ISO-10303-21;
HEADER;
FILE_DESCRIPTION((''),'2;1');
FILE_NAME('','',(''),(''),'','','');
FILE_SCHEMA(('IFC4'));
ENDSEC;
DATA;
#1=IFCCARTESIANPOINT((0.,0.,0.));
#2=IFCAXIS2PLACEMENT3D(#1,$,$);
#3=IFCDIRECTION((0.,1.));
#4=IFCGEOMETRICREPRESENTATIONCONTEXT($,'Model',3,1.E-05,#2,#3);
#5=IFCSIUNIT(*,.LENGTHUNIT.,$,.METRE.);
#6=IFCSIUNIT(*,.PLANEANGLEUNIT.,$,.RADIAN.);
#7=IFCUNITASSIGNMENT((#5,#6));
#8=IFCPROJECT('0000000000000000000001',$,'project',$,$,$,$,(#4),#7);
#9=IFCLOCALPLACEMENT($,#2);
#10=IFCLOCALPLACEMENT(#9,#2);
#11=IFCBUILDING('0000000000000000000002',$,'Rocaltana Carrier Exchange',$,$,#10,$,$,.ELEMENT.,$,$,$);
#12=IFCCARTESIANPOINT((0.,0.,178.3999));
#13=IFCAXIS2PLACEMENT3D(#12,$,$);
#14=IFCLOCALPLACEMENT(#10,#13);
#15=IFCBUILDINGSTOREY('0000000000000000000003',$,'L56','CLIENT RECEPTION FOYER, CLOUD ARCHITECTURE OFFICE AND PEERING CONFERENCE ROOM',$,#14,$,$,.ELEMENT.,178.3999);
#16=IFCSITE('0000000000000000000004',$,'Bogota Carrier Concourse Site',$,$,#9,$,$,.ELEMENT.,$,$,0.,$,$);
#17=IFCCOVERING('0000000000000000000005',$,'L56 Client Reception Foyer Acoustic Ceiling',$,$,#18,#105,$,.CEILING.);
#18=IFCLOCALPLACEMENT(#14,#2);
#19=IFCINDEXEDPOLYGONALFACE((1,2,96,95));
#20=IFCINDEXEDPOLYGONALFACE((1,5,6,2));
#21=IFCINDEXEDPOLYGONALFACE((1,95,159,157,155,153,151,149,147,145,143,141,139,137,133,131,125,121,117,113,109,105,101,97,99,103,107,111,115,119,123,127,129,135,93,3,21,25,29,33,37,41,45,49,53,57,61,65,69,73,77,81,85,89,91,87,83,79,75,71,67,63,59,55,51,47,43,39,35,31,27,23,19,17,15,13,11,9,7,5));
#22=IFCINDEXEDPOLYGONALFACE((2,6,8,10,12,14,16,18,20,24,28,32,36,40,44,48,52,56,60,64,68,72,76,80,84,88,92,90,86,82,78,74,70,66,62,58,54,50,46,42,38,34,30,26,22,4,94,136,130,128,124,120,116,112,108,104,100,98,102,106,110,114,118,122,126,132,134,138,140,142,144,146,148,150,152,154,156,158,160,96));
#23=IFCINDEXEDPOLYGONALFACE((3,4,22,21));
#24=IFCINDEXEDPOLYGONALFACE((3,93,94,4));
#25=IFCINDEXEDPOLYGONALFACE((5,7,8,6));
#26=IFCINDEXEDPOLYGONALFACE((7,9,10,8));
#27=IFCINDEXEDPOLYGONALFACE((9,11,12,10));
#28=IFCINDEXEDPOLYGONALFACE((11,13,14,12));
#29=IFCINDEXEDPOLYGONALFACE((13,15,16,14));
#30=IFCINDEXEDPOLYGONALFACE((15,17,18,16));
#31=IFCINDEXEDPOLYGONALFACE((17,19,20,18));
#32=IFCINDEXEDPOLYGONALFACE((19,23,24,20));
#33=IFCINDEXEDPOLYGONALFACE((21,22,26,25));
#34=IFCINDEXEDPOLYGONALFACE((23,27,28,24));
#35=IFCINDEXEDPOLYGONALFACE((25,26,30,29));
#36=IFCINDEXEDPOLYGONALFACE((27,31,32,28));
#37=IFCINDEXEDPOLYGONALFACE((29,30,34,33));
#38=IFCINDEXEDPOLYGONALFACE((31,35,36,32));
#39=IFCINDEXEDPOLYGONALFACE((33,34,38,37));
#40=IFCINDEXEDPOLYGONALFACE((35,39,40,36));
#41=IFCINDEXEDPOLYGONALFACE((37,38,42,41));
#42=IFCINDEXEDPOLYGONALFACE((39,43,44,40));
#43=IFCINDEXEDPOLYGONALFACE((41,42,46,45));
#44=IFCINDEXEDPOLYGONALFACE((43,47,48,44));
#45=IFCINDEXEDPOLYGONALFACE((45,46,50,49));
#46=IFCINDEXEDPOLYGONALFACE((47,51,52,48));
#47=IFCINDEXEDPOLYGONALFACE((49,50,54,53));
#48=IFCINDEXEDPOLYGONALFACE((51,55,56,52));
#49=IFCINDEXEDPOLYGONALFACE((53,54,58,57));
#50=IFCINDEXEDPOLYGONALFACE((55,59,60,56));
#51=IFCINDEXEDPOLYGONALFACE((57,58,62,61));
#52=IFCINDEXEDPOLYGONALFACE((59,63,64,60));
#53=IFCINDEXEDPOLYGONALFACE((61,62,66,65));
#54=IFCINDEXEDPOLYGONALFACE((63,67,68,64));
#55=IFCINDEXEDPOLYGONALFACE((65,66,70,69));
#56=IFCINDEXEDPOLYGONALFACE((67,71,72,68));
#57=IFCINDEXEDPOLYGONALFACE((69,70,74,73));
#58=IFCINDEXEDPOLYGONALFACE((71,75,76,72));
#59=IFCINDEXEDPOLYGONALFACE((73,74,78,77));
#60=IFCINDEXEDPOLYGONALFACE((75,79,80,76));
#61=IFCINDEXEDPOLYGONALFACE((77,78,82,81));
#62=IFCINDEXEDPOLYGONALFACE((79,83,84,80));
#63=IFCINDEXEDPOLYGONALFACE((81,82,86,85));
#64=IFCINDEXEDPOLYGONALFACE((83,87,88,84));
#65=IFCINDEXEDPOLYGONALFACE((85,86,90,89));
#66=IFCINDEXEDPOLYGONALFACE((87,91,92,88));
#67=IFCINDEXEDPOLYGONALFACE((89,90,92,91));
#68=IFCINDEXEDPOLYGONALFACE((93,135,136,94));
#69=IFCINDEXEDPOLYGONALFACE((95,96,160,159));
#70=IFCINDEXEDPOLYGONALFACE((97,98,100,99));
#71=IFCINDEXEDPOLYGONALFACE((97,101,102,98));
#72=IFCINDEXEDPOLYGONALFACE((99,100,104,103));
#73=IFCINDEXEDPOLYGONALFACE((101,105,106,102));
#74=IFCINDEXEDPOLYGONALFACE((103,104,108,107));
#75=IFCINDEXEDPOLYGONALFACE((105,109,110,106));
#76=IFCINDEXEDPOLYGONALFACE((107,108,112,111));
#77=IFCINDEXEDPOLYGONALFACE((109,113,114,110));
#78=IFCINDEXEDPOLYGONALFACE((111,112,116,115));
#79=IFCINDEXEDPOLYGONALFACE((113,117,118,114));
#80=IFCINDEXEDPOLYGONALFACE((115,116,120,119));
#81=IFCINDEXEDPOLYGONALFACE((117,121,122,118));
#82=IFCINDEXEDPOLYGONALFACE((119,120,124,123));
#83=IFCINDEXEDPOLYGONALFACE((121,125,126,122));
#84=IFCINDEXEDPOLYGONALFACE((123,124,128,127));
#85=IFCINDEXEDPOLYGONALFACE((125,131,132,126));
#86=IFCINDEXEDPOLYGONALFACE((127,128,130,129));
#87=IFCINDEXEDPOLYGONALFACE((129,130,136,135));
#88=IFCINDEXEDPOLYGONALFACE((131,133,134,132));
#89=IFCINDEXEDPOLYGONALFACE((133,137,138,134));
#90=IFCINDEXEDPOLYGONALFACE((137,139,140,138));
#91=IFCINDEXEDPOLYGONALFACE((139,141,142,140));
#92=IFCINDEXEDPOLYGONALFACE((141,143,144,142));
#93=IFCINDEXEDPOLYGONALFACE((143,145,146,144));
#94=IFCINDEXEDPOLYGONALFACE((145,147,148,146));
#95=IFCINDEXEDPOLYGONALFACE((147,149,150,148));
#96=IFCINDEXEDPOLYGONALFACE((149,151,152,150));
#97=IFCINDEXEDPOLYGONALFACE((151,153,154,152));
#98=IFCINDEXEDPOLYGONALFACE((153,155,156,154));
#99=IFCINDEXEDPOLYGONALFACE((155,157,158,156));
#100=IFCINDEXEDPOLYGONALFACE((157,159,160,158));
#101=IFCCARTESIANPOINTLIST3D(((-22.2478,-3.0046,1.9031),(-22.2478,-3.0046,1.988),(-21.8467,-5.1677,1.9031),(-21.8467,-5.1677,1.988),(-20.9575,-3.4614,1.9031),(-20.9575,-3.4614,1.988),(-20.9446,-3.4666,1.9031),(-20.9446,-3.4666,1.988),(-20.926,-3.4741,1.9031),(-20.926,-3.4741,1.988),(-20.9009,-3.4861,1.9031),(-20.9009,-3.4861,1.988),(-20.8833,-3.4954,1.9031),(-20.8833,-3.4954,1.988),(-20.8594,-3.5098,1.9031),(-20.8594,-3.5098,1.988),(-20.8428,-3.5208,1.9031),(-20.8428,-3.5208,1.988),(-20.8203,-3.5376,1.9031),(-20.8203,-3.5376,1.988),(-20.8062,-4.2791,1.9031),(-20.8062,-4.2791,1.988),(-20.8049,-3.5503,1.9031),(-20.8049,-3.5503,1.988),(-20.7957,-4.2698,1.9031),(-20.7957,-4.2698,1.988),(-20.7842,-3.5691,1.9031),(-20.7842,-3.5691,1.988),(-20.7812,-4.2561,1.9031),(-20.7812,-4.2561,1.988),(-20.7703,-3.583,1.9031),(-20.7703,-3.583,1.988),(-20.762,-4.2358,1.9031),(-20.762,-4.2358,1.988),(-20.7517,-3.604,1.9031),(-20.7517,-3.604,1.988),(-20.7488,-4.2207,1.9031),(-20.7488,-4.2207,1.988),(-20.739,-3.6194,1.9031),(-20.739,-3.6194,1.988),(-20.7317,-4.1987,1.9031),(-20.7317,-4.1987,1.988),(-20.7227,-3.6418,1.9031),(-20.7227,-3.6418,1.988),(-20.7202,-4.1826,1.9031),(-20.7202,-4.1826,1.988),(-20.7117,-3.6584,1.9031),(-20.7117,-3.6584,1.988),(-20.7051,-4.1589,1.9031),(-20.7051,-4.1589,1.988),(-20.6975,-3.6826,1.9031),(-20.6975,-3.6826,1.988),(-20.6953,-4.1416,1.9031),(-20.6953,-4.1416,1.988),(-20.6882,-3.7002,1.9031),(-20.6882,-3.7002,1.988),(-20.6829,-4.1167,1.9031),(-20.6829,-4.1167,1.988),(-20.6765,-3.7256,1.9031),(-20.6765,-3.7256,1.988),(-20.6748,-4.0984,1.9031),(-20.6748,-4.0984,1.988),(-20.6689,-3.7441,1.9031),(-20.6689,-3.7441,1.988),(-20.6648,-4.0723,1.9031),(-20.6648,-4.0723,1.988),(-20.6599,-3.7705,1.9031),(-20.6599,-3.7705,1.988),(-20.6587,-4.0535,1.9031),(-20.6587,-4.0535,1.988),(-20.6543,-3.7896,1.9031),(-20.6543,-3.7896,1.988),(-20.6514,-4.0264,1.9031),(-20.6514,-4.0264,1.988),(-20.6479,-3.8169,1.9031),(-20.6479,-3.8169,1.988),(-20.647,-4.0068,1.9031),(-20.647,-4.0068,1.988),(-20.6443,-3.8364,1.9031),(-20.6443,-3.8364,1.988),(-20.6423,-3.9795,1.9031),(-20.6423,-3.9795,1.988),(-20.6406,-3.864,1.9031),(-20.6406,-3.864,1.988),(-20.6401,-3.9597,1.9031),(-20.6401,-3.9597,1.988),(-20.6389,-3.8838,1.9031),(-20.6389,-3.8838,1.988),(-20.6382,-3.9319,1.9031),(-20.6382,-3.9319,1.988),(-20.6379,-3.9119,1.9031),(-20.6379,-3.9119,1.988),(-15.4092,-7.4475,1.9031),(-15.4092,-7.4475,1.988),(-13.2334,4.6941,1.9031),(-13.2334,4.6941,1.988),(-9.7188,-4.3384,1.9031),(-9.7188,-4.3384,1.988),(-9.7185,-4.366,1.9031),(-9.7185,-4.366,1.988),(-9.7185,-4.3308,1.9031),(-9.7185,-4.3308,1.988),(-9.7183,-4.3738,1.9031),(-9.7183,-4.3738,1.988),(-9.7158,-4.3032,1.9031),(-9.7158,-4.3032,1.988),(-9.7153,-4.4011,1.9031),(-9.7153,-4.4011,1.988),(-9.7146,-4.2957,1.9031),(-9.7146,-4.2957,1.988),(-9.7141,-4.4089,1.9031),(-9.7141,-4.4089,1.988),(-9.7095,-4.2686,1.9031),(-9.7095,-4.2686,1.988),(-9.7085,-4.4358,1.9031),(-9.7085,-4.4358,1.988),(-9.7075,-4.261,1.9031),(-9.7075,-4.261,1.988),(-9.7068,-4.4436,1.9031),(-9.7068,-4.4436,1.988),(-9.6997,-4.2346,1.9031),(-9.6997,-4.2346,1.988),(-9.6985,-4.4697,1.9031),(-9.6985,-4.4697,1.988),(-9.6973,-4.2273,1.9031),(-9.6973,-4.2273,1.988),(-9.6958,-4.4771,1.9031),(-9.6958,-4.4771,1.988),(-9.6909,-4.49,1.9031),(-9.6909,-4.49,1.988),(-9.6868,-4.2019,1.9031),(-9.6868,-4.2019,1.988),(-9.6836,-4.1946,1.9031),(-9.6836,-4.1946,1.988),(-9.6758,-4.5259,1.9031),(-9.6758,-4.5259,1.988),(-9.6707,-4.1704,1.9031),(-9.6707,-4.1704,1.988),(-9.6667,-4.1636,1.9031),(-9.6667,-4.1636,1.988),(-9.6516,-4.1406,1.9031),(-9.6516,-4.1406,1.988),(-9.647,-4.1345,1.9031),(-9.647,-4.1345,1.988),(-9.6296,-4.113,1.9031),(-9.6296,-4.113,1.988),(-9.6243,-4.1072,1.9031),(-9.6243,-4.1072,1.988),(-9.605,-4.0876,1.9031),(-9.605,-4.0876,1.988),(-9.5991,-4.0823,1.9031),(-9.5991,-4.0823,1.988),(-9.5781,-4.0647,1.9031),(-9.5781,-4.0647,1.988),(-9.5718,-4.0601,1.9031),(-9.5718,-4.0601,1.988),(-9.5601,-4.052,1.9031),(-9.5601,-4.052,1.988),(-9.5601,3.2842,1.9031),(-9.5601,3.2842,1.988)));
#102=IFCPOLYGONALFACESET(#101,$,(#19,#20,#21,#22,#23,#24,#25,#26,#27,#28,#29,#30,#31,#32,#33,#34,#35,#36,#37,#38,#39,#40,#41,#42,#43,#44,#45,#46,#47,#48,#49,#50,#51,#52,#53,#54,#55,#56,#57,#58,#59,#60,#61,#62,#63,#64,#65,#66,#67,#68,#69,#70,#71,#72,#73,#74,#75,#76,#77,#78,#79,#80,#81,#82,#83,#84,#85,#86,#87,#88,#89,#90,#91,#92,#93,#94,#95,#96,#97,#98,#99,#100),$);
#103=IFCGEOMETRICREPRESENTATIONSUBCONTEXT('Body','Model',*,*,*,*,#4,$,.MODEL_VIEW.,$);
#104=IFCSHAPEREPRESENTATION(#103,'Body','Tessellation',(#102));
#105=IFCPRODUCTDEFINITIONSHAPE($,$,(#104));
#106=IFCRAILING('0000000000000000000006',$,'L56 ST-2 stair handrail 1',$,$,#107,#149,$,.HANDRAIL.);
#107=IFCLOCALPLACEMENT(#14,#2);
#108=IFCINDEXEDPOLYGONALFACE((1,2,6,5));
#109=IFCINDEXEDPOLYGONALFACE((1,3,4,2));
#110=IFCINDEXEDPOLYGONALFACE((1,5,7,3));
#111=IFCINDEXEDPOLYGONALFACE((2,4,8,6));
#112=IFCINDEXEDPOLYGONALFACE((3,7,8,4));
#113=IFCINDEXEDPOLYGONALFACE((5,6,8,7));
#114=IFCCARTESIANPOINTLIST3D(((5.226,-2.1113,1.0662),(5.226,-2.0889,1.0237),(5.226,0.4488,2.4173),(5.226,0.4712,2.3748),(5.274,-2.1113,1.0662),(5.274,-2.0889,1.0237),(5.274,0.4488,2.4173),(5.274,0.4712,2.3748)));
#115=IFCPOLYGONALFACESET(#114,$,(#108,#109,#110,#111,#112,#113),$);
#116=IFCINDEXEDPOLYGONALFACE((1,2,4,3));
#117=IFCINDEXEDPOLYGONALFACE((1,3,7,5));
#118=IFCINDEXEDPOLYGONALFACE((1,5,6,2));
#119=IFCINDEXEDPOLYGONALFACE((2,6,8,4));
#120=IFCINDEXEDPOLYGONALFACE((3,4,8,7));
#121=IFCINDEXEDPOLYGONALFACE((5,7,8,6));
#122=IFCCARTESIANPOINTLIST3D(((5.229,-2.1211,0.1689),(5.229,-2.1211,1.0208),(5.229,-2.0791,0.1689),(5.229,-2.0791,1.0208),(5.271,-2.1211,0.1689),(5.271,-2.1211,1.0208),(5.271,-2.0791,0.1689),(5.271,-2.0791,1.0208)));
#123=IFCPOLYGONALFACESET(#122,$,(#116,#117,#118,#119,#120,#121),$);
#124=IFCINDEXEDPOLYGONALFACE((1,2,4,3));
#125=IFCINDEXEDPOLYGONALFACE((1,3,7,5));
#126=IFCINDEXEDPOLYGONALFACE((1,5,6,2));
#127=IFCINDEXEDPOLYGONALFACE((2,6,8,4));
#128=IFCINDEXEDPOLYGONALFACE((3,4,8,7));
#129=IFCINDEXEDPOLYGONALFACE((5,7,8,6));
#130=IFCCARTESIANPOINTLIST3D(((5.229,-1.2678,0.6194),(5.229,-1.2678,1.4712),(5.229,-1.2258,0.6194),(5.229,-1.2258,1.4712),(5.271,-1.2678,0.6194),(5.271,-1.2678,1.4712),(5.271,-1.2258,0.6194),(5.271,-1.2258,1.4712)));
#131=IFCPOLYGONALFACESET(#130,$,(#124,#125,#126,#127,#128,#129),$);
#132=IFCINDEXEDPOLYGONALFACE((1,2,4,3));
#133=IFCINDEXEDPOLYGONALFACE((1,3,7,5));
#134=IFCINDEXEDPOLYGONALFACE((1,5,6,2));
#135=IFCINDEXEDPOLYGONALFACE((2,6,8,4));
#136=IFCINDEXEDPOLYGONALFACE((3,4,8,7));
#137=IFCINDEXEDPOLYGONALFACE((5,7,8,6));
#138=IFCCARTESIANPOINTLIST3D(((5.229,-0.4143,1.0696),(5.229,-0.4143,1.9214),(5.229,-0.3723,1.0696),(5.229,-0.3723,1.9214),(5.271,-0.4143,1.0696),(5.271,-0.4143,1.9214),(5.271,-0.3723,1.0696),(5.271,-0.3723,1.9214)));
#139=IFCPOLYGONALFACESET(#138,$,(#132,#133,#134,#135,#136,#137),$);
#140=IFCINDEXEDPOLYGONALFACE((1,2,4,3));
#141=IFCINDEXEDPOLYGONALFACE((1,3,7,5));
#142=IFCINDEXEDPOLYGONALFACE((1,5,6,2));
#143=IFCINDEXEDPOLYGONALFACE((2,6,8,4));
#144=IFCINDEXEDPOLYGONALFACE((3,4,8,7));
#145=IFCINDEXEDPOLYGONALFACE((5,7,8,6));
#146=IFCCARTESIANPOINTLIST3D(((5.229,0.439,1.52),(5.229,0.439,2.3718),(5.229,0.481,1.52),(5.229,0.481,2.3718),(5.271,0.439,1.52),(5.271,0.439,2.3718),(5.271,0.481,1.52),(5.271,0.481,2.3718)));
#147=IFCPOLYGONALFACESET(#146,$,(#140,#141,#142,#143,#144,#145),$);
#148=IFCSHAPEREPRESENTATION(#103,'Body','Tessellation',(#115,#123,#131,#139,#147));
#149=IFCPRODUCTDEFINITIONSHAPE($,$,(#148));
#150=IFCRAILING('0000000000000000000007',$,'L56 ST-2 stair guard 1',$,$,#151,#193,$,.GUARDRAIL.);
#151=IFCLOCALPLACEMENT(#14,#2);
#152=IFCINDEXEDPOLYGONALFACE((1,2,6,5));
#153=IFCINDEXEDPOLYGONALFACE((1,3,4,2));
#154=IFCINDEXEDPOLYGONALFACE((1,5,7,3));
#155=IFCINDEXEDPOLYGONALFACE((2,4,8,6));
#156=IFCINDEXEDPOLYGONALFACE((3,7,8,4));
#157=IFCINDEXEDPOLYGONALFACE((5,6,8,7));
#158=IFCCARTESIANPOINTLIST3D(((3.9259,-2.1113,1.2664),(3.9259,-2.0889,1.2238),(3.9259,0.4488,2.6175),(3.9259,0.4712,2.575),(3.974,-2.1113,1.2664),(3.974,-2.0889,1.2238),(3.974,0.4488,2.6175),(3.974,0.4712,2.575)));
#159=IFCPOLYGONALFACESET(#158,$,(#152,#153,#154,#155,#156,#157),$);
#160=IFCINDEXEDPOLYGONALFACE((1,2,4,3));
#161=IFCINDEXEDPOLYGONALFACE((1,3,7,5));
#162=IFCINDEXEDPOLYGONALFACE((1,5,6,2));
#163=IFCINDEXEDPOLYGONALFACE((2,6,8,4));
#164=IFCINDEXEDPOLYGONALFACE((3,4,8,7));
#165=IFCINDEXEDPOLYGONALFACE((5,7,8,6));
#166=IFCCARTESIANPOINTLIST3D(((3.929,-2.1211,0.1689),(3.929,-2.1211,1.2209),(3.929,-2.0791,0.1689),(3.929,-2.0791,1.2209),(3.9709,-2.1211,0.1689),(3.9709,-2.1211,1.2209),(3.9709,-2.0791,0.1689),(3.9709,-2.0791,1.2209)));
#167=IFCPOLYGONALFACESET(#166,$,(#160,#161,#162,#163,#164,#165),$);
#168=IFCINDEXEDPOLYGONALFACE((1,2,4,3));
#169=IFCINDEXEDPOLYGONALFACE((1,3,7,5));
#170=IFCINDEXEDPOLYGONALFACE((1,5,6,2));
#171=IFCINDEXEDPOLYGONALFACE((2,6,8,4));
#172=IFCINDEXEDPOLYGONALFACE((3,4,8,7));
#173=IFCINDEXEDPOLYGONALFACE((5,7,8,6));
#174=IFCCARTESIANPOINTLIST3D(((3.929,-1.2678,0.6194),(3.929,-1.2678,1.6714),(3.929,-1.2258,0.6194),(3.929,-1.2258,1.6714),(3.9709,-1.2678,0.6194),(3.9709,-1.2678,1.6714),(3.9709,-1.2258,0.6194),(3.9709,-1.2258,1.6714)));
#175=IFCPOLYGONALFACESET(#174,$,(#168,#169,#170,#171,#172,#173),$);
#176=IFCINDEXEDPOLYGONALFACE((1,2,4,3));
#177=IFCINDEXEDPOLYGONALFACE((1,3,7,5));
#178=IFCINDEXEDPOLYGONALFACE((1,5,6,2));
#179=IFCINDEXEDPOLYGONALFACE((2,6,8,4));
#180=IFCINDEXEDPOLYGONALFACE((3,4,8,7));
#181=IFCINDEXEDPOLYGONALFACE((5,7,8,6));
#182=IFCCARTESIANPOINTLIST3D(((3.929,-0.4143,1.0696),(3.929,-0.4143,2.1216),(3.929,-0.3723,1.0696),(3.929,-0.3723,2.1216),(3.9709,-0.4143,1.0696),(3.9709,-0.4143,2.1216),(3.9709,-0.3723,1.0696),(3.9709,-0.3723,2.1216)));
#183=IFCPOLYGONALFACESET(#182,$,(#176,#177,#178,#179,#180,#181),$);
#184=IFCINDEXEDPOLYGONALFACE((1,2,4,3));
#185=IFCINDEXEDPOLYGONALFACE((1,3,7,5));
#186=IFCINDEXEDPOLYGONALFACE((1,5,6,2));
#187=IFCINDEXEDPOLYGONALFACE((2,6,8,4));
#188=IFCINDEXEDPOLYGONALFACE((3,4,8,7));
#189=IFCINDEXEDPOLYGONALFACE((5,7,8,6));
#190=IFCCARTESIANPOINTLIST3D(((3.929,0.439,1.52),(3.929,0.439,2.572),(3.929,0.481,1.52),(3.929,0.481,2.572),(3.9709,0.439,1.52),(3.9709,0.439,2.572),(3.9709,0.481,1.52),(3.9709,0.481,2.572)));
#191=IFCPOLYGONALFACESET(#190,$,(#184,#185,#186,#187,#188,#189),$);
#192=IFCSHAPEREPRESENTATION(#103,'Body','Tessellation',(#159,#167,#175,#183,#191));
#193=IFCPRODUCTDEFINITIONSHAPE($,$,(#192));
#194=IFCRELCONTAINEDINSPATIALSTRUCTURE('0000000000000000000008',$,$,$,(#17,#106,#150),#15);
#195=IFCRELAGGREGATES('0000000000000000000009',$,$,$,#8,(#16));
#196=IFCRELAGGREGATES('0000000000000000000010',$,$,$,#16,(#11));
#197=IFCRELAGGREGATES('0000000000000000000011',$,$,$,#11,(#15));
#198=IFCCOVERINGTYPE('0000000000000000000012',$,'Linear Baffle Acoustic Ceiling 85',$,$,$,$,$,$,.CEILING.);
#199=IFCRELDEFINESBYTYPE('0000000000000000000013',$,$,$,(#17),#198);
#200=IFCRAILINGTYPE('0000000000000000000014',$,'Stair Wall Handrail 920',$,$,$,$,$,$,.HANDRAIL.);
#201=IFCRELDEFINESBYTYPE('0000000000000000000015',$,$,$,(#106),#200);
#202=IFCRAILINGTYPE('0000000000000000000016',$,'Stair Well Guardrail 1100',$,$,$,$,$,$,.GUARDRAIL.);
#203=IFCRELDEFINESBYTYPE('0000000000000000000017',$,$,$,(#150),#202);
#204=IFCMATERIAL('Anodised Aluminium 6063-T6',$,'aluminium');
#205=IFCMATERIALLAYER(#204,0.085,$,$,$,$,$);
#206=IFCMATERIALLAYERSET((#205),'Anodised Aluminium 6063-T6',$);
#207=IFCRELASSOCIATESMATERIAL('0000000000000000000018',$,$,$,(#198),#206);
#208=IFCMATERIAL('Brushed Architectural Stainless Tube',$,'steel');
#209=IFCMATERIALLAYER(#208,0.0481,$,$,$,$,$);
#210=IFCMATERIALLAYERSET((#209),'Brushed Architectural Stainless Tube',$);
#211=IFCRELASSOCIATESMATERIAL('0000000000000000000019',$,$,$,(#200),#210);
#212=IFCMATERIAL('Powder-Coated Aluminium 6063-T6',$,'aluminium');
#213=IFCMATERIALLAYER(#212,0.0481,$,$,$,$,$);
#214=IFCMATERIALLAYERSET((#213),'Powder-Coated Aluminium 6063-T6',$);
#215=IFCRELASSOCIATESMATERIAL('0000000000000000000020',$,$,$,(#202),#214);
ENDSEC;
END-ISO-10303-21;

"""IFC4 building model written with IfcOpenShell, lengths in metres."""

from ifc_helpers import new_model, si_unit, direction, frame, origin, origin_2d, place, context, subcontext, project, spatial, polyline, rectangle, outline, extrude, material, layer, layer_set, type_object, element, save


model = new_model("IFC4")

# Units and contexts
model_context = context("Model", 3, precision=1e-05, world=origin(), true_north=direction((0.0, 1.0)))
body_context = subcontext(model_context, "Body", "Model", "MODEL_VIEW")
ifc_project = project(units=[si_unit("LENGTHUNIT", "METRE"), si_unit("PLANEANGLEUNIT", "RADIAN")], contexts=[model_context])

# Site, building, storey
site_placement = place(None, origin())
site = spatial("IfcSite", under=ifc_project, at=site_placement, Name="Bogota Carrier Concourse Site", CompositionType="ELEMENT", RefElevation=0.0)
building_placement = place(site_placement, origin())
building = spatial("IfcBuilding", under=site, at=building_placement, Name="Rocaltana Carrier Exchange", CompositionType="ELEMENT")
storey_placement = place(building_placement, frame((0.0, 0.0, 178.3999)))
storey = spatial("IfcBuildingStorey", under=building, at=storey_placement, Name="L56", Description="CLIENT RECEPTION FOYER, CLOUD ARCHITECTURE OFFICE AND PEERING CONFERENCE ROOM", CompositionType="ELEMENT", Elevation=178.3999)

# Covering
ifc_material_1 = material(Name="Anodised Aluminium 6063-T6", Category="aluminium")
ifc_layer_1 = layer(ifc_material_1, 0.085)
ifc_layer_set_1 = layer_set([ifc_layer_1], Name="Anodised Aluminium 6063-T6")
covering_type_1 = type_object("IfcCoveringType", Name="Linear Baffle Acoustic Ceiling 85", PredefinedType="CEILING", material=ifc_layer_set_1)
covering_1_placement = place(storey_placement, frame((0.0, 0.0, 1.9031)))
element("IfcCovering", 1, at=covering_1_placement, inside=storey, type_object=covering_type_1, Name="L56 Client Reception Foyer Acoustic Ceiling", PredefinedType="CEILING", context=body_context, shape_type="SweptSolid", body=[
    extrude(outline(polyline([(-20.8062, -4.2791), (-20.7957, -4.2698), (-20.7812, -4.2561), (-20.762, -4.2358), (-20.7488, -4.2207), (-20.7317, -4.1987), (-20.7202, -4.1826), (-20.7051, -4.1589), (-20.6953, -4.1416), (-20.6829, -4.1167), (-20.6748, -4.0984), (-20.6648, -4.0723), (-20.6587, -4.0535), (-20.6514, -4.0264), (-20.647, -4.0068), (-20.6423, -3.9795), (-20.6401, -3.9597), (-20.6382, -3.9319), (-20.6379, -3.9119), (-20.6389, -3.8838), (-20.6406, -3.864), (-20.6443, -3.8364), (-20.6479, -3.8169), (-20.6543, -3.7896), (-20.6599, -3.7705), (-20.6689, -3.7441), (-20.6765, -3.7256), (-20.6882, -3.7002), (-20.6975, -3.6826), (-20.7117, -3.6584), (-20.7227, -3.6418), (-20.739, -3.6194), (-20.7517, -3.604), (-20.7703, -3.583), (-20.7842, -3.5691), (-20.8049, -3.5503), (-20.8203, -3.5376), (-20.8428, -3.5208), (-20.8594, -3.5098), (-20.8833, -3.4954), (-20.9009, -3.4861), (-20.926, -3.4741), (-20.9446, -3.4666), (-20.9575, -3.4614), (-22.2478, -3.0046), (-13.2334, 4.6941), (-9.5601, 3.2842), (-9.5601, -4.052), (-9.5718, -4.0601), (-9.5781, -4.0647), (-9.5991, -4.0823), (-9.605, -4.0876), (-9.6243, -4.1072), (-9.6296, -4.113), (-9.647, -4.1345), (-9.6516, -4.1406), (-9.6667, -4.1636), (-9.6707, -4.1704), (-9.6836, -4.1946), (-9.6868, -4.2019), (-9.6973, -4.2273), (-9.6997, -4.2346), (-9.7075, -4.261), (-9.7095, -4.2686), (-9.7146, -4.2957), (-9.7158, -4.3032), (-9.7185, -4.3308), (-9.7188, -4.3384), (-9.7185, -4.366), (-9.7183, -4.3738), (-9.7153, -4.4011), (-9.7141, -4.4089), (-9.7085, -4.4358), (-9.7068, -4.4436), (-9.6985, -4.4697), (-9.6958, -4.4771), (-9.6909, -4.49), (-9.6758, -4.5259), (-15.4092, -7.4475), (-21.8467, -5.1677), (-20.8062, -4.2791)])), origin(), (0.0, 0.0, 1.0), 0.085),
])

# Railings
ifc_material_2 = material(Name="Brushed Architectural Stainless Tube", Category="steel")
ifc_layer_2 = layer(ifc_material_2, 0.0481)
ifc_layer_set_2 = layer_set([ifc_layer_2], Name="Brushed Architectural Stainless Tube")
railing_type_1 = type_object("IfcRailingType", Name="Stair Wall Handrail 920", PredefinedType="HANDRAIL", material=ifc_layer_set_2)
railing_1_placement = place(storey_placement, frame((5.25, -2.1001, 0.1689)))
element("IfcRailing", 2, at=railing_1_placement, inside=storey, type_object=railing_type_1, Name="L56 ST-2 stair handrail 1", PredefinedType="HANDRAIL", context=body_context, shape_type="SweptSolid", body=[
    extrude(rectangle(XDim=0.0481, YDim=0.0481, at=origin_2d()), frame((0.0, 0.0, 0.876), z_axis=(0.0, 0.884394, 0.46674), x_axis=(-1.0, 0.0, 0.0)), (0.0, 0.0, 1.0), 2.8948),
    extrude(rectangle(XDim=0.042, YDim=0.042, at=origin_2d()), origin(), (0.0, 0.0, 1.0), 0.8518),
    extrude(rectangle(XDim=0.042, YDim=0.042, at=origin_2d()), frame((0.0, 0.8533, 0.4504)), (0.0, 0.0, 1.0), 0.8518),
    extrude(rectangle(XDim=0.042, YDim=0.042, at=origin_2d()), frame((0.0, 1.7068, 0.9006)), (0.0, 0.0, 1.0), 0.8518),
    extrude(rectangle(XDim=0.042, YDim=0.042, at=origin_2d()), frame((0.0, 2.5601, 1.3511)), (0.0, 0.0, 1.0), 0.8518),
])
ifc_material_3 = material(Name="Powder-Coated Aluminium 6063-T6", Category="aluminium")
ifc_layer_3 = layer(ifc_material_3, 0.0481)
ifc_layer_set_3 = layer_set([ifc_layer_3], Name="Powder-Coated Aluminium 6063-T6")
railing_type_2 = type_object("IfcRailingType", Name="Stair Well Guardrail 1100", PredefinedType="GUARDRAIL", material=ifc_layer_set_3)
railing_2_placement = place(storey_placement, frame((3.95, -2.1001, 0.1689)))
element("IfcRailing", 3, at=railing_2_placement, inside=storey, type_object=railing_type_2, Name="L56 ST-2 stair guard 1", PredefinedType="GUARDRAIL", context=body_context, shape_type="SweptSolid", body=[
    extrude(rectangle(XDim=0.0481, YDim=0.0481, at=origin_2d()), frame((0.0, 0.0, 1.0762), z_axis=(0.0, 0.884394, 0.46674), x_axis=(-1.0, 0.0, 0.0)), (0.0, 0.0, 1.0), 2.8948),
    extrude(rectangle(XDim=0.042, YDim=0.042, at=origin_2d()), origin(), (0.0, 0.0, 1.0), 1.052),
    extrude(rectangle(XDim=0.042, YDim=0.042, at=origin_2d()), frame((0.0, 0.8533, 0.4504)), (0.0, 0.0, 1.0), 1.052),
    extrude(rectangle(XDim=0.042, YDim=0.042, at=origin_2d()), frame((0.0, 1.7068, 0.9006)), (0.0, 0.0, 1.0), 1.052),
    extrude(rectangle(XDim=0.042, YDim=0.042, at=origin_2d()), frame((0.0, 2.5601, 1.3511)), (0.0, 0.0, 1.0), 1.052),
])

save(model, "model.ifc")
